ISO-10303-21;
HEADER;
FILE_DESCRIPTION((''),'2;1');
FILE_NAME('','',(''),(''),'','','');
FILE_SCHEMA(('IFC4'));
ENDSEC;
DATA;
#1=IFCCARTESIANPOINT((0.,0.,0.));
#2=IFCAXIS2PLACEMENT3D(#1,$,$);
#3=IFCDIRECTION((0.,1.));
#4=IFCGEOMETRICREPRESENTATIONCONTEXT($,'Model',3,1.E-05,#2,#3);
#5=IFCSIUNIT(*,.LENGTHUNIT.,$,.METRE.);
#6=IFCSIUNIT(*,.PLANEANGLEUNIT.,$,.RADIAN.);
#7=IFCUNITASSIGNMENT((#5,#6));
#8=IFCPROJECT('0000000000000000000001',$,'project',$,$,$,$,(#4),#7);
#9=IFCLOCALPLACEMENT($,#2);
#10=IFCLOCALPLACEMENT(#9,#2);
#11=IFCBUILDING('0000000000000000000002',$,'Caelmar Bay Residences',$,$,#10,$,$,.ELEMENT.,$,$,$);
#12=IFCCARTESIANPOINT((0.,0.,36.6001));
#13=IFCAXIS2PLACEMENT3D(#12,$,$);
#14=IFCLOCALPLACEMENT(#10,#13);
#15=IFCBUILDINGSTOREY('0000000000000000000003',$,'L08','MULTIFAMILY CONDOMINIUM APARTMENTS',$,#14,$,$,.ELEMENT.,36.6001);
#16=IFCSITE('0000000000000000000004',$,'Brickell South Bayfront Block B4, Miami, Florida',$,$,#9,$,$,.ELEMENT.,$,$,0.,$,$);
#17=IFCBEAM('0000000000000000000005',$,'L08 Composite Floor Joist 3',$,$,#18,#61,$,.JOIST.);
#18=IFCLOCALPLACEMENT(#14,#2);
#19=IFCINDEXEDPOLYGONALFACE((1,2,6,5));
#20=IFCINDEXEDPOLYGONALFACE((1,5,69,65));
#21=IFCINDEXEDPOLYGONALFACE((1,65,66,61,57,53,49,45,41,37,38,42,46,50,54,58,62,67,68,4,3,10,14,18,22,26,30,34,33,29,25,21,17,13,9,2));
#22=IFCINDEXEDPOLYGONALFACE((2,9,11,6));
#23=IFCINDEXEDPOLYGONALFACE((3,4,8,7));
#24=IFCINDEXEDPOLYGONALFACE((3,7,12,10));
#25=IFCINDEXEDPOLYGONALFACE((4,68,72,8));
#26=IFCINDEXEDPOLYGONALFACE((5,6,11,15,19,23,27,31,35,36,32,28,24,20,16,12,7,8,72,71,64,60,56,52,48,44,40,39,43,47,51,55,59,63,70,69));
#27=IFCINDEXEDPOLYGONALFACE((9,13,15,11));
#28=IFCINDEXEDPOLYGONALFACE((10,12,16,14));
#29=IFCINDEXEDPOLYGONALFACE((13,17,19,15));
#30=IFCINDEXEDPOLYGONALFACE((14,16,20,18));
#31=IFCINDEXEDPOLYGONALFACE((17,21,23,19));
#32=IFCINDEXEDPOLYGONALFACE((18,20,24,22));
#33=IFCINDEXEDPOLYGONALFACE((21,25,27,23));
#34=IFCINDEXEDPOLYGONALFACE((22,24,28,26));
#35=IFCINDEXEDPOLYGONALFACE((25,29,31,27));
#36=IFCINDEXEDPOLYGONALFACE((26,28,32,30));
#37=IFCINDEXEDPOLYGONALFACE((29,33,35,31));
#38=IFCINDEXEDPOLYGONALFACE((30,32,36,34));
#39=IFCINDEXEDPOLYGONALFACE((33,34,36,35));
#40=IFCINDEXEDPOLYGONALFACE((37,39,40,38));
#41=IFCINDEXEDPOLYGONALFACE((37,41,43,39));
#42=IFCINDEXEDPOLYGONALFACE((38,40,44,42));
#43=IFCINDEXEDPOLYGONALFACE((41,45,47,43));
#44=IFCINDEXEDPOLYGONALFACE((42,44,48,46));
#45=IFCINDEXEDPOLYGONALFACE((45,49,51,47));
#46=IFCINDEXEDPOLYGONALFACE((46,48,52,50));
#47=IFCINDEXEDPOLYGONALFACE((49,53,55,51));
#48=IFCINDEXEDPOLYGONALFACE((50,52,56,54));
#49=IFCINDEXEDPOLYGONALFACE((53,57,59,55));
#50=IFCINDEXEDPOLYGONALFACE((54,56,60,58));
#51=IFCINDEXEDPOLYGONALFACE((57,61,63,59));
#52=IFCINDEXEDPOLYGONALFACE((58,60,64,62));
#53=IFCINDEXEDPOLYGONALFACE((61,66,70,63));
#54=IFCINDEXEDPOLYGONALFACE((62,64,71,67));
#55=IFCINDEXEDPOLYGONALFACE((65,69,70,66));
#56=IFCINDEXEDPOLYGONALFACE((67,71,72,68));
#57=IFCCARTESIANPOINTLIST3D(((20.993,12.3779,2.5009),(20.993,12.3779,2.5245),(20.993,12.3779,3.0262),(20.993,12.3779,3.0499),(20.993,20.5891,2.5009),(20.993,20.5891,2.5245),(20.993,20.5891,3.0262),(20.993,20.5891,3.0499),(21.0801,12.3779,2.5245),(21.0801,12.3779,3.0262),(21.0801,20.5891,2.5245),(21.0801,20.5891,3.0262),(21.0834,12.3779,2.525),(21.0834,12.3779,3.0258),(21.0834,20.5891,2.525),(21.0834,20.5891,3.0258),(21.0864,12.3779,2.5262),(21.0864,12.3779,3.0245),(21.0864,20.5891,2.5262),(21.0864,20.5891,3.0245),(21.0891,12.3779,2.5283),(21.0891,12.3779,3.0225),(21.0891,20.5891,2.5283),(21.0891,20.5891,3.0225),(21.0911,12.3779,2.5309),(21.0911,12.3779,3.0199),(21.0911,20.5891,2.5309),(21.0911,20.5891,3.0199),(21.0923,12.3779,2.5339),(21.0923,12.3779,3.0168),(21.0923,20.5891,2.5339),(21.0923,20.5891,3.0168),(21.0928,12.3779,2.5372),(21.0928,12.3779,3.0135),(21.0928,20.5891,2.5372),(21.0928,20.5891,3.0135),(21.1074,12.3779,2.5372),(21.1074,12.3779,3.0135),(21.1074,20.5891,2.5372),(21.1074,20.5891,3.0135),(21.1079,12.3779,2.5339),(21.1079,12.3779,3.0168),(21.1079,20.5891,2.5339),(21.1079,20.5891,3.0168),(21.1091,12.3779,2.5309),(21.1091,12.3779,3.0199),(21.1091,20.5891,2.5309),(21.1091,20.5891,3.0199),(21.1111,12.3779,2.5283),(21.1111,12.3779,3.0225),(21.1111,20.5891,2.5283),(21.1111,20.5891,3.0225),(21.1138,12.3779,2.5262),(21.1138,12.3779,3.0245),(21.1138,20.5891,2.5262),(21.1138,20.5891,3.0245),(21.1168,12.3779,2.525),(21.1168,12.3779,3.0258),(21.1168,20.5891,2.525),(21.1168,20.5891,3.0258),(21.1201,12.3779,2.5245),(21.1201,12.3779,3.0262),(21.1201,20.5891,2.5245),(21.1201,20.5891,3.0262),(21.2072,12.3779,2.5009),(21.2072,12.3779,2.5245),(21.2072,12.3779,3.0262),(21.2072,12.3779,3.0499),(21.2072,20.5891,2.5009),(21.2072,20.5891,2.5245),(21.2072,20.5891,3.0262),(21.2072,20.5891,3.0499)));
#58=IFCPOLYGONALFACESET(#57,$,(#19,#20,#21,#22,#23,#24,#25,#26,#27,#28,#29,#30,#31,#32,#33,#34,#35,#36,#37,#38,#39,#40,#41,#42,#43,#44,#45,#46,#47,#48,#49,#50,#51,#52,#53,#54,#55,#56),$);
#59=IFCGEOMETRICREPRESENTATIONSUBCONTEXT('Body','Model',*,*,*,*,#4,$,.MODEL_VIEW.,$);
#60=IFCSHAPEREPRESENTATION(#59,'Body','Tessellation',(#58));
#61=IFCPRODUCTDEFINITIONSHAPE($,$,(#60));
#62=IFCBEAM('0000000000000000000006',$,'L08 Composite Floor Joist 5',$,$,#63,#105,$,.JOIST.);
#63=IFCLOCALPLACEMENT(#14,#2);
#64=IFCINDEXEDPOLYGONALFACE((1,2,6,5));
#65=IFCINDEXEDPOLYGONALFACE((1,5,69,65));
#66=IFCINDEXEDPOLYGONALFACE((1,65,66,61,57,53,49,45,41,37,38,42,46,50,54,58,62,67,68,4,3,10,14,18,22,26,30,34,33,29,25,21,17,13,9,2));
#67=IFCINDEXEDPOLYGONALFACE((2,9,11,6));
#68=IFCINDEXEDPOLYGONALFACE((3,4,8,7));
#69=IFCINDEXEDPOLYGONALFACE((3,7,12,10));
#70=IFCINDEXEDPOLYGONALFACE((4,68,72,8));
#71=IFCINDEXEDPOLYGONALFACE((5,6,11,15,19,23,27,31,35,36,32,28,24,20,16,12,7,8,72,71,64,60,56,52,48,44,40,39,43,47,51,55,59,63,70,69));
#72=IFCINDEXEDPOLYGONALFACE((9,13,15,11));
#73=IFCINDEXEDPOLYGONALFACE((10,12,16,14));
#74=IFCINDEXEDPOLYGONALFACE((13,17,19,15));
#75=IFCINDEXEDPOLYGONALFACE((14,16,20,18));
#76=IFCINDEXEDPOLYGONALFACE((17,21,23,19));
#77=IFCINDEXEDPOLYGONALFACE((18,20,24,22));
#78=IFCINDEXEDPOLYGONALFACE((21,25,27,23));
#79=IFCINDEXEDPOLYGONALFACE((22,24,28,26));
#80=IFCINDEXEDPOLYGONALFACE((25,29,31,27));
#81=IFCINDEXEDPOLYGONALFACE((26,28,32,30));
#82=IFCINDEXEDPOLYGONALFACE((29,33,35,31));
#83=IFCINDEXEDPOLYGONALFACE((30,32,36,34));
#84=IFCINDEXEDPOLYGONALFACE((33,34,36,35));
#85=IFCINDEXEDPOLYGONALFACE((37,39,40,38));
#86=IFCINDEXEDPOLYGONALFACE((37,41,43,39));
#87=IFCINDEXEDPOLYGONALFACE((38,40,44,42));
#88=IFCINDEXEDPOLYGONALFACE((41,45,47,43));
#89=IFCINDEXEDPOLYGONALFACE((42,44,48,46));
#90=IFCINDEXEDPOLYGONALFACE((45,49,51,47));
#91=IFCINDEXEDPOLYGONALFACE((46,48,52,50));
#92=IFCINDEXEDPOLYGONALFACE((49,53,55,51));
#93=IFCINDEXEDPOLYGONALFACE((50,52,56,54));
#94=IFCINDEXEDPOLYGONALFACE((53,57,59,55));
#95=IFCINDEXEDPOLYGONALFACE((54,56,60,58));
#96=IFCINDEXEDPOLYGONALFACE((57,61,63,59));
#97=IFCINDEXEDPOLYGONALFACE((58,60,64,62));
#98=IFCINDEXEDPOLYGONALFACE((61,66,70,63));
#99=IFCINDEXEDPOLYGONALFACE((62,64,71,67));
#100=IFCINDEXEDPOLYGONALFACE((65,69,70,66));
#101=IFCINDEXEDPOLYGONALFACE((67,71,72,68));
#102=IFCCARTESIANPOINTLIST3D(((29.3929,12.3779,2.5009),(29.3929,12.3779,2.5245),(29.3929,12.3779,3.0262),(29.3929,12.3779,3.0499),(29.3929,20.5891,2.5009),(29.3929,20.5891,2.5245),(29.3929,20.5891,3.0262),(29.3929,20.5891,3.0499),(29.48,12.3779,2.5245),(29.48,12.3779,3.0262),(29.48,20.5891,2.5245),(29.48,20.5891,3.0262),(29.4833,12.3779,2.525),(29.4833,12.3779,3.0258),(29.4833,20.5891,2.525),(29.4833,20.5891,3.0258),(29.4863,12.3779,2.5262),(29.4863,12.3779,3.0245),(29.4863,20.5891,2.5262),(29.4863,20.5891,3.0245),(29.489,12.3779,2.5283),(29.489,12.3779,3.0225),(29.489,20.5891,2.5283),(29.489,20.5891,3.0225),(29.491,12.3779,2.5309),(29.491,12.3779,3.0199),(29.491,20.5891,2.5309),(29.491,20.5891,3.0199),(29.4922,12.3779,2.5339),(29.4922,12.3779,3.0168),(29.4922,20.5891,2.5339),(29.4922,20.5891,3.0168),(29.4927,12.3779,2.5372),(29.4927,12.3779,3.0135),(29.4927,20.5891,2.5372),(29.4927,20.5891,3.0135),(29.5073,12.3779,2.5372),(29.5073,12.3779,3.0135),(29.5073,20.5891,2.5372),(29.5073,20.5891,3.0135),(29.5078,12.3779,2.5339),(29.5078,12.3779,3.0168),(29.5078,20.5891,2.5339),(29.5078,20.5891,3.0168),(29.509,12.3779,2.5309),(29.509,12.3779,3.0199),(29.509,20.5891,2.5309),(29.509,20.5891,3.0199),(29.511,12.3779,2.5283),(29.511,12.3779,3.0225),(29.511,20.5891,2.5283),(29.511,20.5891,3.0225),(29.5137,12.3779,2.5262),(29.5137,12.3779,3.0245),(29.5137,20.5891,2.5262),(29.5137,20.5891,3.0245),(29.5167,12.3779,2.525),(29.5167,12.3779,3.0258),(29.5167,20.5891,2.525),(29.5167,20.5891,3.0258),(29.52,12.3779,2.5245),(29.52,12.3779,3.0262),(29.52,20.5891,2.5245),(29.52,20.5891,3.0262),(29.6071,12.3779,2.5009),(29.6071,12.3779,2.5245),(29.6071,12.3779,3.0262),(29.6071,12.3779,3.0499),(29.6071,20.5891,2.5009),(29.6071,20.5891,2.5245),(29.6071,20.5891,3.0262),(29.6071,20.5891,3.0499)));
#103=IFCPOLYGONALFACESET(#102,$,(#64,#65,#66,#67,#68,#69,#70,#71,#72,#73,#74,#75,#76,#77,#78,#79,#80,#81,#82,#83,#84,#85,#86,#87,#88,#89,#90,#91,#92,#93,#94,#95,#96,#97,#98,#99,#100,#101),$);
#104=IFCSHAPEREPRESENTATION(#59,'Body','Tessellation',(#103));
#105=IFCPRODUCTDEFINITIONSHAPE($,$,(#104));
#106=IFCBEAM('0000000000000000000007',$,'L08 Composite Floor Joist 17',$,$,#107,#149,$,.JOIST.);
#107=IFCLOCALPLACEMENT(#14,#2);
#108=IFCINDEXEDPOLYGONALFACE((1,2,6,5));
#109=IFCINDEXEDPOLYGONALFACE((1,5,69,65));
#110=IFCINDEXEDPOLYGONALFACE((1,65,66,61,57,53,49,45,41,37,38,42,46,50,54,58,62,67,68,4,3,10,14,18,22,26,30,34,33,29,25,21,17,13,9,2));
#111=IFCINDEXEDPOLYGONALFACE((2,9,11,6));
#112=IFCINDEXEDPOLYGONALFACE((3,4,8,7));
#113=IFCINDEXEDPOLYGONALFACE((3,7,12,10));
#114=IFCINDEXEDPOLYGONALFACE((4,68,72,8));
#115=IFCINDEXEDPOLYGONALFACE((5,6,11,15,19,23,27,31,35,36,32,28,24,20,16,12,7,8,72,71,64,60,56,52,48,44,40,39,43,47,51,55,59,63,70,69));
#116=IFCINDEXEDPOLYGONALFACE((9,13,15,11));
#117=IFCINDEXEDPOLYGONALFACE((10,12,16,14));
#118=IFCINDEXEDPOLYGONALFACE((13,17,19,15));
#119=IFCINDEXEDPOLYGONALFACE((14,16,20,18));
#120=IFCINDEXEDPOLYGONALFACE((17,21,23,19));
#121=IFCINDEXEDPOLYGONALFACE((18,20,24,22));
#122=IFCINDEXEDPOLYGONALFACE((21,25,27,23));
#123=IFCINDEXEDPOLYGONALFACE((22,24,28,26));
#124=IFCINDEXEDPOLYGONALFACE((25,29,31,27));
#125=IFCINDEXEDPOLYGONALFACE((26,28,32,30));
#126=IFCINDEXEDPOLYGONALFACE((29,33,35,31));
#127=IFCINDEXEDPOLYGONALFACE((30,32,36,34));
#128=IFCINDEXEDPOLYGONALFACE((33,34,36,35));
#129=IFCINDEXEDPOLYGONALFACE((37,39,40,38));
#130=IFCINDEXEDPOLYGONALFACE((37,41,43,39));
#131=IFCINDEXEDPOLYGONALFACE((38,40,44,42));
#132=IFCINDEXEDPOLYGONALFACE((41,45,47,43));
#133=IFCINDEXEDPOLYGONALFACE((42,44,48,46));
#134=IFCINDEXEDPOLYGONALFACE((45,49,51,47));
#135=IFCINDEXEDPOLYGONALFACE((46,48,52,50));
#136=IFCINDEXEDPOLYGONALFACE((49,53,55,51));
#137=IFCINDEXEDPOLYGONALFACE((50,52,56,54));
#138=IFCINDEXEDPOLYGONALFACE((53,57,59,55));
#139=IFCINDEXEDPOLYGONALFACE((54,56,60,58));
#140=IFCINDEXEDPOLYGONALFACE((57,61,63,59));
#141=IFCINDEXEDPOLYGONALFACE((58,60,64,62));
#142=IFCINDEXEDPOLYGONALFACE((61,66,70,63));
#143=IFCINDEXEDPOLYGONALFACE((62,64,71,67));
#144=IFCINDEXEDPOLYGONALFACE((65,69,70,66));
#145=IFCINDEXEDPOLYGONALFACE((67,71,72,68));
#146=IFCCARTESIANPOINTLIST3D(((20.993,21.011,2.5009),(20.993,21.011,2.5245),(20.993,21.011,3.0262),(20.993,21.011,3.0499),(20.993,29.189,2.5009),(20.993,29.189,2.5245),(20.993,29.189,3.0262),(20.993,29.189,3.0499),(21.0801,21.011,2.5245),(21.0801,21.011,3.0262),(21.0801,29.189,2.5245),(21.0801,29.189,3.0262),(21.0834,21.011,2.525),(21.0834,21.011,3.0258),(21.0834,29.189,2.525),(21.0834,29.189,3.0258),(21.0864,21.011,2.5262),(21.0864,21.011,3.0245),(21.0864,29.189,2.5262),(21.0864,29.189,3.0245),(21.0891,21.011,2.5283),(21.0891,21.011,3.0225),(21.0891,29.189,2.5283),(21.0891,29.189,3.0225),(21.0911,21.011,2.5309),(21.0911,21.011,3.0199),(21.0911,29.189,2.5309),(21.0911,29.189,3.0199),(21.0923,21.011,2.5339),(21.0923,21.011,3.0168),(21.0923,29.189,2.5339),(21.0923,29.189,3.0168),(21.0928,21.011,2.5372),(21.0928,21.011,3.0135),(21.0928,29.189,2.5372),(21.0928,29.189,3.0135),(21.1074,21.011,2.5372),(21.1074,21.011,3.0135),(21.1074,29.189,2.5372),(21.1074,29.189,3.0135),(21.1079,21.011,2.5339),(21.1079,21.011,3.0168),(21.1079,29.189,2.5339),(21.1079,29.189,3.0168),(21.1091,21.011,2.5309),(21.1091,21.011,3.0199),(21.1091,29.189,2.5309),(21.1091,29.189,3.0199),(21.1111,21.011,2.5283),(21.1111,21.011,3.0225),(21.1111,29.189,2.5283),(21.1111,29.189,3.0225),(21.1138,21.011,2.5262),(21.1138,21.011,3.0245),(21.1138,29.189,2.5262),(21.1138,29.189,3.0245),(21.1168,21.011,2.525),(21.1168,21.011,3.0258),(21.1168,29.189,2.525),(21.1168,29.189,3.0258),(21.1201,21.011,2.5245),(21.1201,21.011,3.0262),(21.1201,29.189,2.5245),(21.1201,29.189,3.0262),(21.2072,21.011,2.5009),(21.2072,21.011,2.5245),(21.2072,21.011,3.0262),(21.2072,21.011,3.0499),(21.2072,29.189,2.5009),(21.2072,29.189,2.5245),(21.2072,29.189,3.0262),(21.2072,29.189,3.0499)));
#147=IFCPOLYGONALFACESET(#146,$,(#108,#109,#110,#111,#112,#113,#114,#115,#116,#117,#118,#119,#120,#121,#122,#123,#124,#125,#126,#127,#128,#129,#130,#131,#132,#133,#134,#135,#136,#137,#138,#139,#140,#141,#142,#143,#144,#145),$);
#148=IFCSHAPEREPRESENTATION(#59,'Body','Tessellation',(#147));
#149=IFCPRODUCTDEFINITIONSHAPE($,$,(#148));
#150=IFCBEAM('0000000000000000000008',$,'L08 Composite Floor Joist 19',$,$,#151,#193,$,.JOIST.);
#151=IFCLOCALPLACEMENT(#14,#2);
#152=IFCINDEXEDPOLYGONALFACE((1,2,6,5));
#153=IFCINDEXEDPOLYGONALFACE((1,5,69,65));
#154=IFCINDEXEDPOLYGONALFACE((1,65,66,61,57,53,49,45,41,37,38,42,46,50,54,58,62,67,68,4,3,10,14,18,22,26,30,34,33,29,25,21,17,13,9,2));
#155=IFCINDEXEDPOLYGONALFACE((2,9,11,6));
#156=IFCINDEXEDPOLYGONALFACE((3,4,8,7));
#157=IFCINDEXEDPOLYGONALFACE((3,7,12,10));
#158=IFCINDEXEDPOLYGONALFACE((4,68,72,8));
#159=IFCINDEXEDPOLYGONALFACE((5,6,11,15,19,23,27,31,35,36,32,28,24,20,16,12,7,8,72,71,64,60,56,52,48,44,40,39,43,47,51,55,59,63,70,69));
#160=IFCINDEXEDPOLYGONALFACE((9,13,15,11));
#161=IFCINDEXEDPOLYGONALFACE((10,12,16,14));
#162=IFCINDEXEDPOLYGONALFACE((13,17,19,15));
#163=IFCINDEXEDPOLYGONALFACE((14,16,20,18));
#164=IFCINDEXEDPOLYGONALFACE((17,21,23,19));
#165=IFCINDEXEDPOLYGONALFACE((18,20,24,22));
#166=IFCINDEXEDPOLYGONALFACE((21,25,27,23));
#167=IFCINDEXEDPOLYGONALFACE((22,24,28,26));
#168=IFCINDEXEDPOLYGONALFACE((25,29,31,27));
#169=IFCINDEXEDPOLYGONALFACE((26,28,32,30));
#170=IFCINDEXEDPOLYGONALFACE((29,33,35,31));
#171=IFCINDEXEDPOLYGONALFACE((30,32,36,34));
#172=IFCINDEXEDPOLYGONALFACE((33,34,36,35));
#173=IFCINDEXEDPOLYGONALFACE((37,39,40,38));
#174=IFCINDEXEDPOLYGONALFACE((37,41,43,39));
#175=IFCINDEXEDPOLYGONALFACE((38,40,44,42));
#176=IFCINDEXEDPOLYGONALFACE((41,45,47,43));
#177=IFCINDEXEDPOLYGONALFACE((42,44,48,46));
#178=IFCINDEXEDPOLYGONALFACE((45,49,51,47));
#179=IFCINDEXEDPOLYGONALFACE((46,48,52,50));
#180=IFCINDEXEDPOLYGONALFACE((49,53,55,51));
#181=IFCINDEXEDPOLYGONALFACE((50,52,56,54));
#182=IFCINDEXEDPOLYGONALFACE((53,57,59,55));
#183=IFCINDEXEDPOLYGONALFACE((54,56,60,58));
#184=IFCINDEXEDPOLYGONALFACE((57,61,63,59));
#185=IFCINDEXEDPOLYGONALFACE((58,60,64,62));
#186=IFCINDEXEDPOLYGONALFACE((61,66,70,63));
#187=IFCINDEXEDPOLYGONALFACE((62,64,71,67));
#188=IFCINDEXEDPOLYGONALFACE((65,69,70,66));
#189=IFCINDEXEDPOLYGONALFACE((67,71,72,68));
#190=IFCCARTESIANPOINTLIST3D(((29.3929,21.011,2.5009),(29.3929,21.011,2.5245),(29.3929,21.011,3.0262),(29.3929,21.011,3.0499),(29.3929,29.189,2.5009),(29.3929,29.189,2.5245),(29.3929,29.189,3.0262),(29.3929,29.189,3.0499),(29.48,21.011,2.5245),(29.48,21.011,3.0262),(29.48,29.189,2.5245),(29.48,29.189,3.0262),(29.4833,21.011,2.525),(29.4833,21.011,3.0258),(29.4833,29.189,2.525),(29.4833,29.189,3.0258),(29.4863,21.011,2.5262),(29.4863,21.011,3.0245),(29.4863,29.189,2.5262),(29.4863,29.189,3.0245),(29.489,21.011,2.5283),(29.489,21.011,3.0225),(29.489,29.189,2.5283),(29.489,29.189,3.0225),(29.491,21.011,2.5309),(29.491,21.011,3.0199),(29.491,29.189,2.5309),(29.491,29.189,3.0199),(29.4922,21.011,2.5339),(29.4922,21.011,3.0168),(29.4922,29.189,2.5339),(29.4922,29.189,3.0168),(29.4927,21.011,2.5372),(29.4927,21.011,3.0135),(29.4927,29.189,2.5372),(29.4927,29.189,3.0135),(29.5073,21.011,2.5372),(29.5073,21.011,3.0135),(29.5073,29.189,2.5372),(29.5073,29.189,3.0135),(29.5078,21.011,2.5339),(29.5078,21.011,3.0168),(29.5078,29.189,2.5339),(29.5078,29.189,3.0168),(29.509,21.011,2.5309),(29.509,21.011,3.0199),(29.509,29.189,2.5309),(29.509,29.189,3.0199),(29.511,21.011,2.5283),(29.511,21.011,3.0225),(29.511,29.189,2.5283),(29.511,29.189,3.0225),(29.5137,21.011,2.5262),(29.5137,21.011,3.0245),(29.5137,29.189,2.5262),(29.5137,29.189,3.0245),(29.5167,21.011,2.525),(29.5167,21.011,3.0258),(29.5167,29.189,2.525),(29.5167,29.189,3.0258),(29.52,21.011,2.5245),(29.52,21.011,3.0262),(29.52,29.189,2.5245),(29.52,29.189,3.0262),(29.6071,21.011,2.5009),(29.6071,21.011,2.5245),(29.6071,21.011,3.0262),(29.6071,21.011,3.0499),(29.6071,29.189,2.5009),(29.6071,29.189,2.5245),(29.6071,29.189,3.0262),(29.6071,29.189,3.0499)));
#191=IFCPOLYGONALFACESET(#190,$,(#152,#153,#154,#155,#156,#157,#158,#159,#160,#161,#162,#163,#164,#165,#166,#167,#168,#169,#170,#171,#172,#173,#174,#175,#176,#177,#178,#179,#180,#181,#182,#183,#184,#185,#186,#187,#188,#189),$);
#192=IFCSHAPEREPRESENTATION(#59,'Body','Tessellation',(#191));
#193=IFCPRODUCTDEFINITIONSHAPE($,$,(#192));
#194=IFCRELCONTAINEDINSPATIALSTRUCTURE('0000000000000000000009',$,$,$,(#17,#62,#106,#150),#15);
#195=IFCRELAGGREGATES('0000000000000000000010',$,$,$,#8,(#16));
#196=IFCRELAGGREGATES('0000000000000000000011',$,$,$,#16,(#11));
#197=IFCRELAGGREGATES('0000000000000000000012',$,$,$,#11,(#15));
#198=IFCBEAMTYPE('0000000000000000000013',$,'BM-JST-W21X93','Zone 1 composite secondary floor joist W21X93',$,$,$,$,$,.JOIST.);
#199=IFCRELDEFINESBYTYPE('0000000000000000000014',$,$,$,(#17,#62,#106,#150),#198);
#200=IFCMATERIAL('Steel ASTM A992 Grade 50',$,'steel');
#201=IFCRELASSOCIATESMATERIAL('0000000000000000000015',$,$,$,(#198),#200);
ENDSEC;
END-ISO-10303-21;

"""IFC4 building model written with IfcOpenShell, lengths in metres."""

from ifc_helpers import new_model, si_unit, direction, frame, origin, origin_2d, place, context, subcontext, project, spatial, i_section, extrude, material, material_profile, profile_set, type_object, element, save


model = new_model("IFC4")

# Units and contexts
model_context = context("Model", 3, precision=1e-05, world=origin(), true_north=direction((0.0, 1.0)))
body_context = subcontext(model_context, "Body", "Model", "MODEL_VIEW")
ifc_project = project(units=[si_unit("LENGTHUNIT", "METRE"), si_unit("PLANEANGLEUNIT", "RADIAN")], contexts=[model_context])

# Site, building, storey
site_placement = place(None, origin())
site = spatial("IfcSite", under=ifc_project, at=site_placement, Name="Brickell South Bayfront Block B4, Miami, Florida", CompositionType="ELEMENT", RefElevation=0.0)
building_placement = place(site_placement, origin())
building = spatial("IfcBuilding", under=site, at=building_placement, Name="Caelmar Bay Residences", CompositionType="ELEMENT")
storey_placement = place(building_placement, frame((0.0, 0.0, 36.6001)))
storey = spatial("IfcBuildingStorey", under=building, at=storey_placement, Name="L08", Description="MULTIFAMILY CONDOMINIUM APARTMENTS", CompositionType="ELEMENT", Elevation=36.6001)

# Beams
ifc_material_1 = material(Name="Steel ASTM A992 Grade 50", Category="steel")
ifc_material_profile_1 = material_profile(ifc_material_1, i_section(OverallWidth=0.2141, OverallDepth=0.5491, WebThickness=0.0146, FlangeThickness=0.0237, FilletRadius=0.0127, at=origin_2d()), Name="W21X93")
ifc_profile_set_1 = profile_set([ifc_material_profile_1], Name="Steel ASTM A992 Grade 50")
beam_type_1 = type_object("IfcBeamType", Name="BM-JST-W21X93", Description="Zone 1 composite secondary floor joist W21X93", PredefinedType="JOIST", material=ifc_profile_set_1)
for number, where, z_axis, x_axis, name in (
    (1, (21.1001, 12.3779, 2.7754), (0.0, 1.0, 0.0), (-1.0, 0.0, 0.0), "L08 Composite Floor Joist 3"),
    (2, (29.5, 12.3779, 2.7754), (0.0, 1.0, 0.0), (-1.0, 0.0, 0.0), "L08 Composite Floor Joist 5"),
):
    element("IfcBeam", number, at=place(storey_placement, frame(where, z_axis=z_axis, x_axis=x_axis)), inside=storey, type_object=beam_type_1, Name=name, PredefinedType="JOIST", context=body_context, shape_type="SweptSolid", body=[
        extrude(i_section(OverallWidth=0.2141, OverallDepth=0.5491, WebThickness=0.0146, FlangeThickness=0.0237, FilletRadius=0.0127, at=origin_2d()), origin(), (0.0, 0.0, 1.0), 8.2112),
    ])
for number, where, z_axis, x_axis, name in (
    (3, (21.1001, 21.011, 2.7754), (0.0, 1.0, 0.0), (-1.0, 0.0, 0.0), "L08 Composite Floor Joist 17"),
    (4, (29.5, 21.011, 2.7754), (0.0, 1.0, 0.0), (-1.0, 0.0, 0.0), "L08 Composite Floor Joist 19"),
):
    element("IfcBeam", number, at=place(storey_placement, frame(where, z_axis=z_axis, x_axis=x_axis)), inside=storey, type_object=beam_type_1, Name=name, PredefinedType="JOIST", context=body_context, shape_type="SweptSolid", body=[
        extrude(i_section(OverallWidth=0.2141, OverallDepth=0.5491, WebThickness=0.0146, FlangeThickness=0.0237, FilletRadius=0.0127, at=origin_2d()), origin(), (0.0, 0.0, 1.0), 8.178),
    ])

save(model, "model.ifc")
